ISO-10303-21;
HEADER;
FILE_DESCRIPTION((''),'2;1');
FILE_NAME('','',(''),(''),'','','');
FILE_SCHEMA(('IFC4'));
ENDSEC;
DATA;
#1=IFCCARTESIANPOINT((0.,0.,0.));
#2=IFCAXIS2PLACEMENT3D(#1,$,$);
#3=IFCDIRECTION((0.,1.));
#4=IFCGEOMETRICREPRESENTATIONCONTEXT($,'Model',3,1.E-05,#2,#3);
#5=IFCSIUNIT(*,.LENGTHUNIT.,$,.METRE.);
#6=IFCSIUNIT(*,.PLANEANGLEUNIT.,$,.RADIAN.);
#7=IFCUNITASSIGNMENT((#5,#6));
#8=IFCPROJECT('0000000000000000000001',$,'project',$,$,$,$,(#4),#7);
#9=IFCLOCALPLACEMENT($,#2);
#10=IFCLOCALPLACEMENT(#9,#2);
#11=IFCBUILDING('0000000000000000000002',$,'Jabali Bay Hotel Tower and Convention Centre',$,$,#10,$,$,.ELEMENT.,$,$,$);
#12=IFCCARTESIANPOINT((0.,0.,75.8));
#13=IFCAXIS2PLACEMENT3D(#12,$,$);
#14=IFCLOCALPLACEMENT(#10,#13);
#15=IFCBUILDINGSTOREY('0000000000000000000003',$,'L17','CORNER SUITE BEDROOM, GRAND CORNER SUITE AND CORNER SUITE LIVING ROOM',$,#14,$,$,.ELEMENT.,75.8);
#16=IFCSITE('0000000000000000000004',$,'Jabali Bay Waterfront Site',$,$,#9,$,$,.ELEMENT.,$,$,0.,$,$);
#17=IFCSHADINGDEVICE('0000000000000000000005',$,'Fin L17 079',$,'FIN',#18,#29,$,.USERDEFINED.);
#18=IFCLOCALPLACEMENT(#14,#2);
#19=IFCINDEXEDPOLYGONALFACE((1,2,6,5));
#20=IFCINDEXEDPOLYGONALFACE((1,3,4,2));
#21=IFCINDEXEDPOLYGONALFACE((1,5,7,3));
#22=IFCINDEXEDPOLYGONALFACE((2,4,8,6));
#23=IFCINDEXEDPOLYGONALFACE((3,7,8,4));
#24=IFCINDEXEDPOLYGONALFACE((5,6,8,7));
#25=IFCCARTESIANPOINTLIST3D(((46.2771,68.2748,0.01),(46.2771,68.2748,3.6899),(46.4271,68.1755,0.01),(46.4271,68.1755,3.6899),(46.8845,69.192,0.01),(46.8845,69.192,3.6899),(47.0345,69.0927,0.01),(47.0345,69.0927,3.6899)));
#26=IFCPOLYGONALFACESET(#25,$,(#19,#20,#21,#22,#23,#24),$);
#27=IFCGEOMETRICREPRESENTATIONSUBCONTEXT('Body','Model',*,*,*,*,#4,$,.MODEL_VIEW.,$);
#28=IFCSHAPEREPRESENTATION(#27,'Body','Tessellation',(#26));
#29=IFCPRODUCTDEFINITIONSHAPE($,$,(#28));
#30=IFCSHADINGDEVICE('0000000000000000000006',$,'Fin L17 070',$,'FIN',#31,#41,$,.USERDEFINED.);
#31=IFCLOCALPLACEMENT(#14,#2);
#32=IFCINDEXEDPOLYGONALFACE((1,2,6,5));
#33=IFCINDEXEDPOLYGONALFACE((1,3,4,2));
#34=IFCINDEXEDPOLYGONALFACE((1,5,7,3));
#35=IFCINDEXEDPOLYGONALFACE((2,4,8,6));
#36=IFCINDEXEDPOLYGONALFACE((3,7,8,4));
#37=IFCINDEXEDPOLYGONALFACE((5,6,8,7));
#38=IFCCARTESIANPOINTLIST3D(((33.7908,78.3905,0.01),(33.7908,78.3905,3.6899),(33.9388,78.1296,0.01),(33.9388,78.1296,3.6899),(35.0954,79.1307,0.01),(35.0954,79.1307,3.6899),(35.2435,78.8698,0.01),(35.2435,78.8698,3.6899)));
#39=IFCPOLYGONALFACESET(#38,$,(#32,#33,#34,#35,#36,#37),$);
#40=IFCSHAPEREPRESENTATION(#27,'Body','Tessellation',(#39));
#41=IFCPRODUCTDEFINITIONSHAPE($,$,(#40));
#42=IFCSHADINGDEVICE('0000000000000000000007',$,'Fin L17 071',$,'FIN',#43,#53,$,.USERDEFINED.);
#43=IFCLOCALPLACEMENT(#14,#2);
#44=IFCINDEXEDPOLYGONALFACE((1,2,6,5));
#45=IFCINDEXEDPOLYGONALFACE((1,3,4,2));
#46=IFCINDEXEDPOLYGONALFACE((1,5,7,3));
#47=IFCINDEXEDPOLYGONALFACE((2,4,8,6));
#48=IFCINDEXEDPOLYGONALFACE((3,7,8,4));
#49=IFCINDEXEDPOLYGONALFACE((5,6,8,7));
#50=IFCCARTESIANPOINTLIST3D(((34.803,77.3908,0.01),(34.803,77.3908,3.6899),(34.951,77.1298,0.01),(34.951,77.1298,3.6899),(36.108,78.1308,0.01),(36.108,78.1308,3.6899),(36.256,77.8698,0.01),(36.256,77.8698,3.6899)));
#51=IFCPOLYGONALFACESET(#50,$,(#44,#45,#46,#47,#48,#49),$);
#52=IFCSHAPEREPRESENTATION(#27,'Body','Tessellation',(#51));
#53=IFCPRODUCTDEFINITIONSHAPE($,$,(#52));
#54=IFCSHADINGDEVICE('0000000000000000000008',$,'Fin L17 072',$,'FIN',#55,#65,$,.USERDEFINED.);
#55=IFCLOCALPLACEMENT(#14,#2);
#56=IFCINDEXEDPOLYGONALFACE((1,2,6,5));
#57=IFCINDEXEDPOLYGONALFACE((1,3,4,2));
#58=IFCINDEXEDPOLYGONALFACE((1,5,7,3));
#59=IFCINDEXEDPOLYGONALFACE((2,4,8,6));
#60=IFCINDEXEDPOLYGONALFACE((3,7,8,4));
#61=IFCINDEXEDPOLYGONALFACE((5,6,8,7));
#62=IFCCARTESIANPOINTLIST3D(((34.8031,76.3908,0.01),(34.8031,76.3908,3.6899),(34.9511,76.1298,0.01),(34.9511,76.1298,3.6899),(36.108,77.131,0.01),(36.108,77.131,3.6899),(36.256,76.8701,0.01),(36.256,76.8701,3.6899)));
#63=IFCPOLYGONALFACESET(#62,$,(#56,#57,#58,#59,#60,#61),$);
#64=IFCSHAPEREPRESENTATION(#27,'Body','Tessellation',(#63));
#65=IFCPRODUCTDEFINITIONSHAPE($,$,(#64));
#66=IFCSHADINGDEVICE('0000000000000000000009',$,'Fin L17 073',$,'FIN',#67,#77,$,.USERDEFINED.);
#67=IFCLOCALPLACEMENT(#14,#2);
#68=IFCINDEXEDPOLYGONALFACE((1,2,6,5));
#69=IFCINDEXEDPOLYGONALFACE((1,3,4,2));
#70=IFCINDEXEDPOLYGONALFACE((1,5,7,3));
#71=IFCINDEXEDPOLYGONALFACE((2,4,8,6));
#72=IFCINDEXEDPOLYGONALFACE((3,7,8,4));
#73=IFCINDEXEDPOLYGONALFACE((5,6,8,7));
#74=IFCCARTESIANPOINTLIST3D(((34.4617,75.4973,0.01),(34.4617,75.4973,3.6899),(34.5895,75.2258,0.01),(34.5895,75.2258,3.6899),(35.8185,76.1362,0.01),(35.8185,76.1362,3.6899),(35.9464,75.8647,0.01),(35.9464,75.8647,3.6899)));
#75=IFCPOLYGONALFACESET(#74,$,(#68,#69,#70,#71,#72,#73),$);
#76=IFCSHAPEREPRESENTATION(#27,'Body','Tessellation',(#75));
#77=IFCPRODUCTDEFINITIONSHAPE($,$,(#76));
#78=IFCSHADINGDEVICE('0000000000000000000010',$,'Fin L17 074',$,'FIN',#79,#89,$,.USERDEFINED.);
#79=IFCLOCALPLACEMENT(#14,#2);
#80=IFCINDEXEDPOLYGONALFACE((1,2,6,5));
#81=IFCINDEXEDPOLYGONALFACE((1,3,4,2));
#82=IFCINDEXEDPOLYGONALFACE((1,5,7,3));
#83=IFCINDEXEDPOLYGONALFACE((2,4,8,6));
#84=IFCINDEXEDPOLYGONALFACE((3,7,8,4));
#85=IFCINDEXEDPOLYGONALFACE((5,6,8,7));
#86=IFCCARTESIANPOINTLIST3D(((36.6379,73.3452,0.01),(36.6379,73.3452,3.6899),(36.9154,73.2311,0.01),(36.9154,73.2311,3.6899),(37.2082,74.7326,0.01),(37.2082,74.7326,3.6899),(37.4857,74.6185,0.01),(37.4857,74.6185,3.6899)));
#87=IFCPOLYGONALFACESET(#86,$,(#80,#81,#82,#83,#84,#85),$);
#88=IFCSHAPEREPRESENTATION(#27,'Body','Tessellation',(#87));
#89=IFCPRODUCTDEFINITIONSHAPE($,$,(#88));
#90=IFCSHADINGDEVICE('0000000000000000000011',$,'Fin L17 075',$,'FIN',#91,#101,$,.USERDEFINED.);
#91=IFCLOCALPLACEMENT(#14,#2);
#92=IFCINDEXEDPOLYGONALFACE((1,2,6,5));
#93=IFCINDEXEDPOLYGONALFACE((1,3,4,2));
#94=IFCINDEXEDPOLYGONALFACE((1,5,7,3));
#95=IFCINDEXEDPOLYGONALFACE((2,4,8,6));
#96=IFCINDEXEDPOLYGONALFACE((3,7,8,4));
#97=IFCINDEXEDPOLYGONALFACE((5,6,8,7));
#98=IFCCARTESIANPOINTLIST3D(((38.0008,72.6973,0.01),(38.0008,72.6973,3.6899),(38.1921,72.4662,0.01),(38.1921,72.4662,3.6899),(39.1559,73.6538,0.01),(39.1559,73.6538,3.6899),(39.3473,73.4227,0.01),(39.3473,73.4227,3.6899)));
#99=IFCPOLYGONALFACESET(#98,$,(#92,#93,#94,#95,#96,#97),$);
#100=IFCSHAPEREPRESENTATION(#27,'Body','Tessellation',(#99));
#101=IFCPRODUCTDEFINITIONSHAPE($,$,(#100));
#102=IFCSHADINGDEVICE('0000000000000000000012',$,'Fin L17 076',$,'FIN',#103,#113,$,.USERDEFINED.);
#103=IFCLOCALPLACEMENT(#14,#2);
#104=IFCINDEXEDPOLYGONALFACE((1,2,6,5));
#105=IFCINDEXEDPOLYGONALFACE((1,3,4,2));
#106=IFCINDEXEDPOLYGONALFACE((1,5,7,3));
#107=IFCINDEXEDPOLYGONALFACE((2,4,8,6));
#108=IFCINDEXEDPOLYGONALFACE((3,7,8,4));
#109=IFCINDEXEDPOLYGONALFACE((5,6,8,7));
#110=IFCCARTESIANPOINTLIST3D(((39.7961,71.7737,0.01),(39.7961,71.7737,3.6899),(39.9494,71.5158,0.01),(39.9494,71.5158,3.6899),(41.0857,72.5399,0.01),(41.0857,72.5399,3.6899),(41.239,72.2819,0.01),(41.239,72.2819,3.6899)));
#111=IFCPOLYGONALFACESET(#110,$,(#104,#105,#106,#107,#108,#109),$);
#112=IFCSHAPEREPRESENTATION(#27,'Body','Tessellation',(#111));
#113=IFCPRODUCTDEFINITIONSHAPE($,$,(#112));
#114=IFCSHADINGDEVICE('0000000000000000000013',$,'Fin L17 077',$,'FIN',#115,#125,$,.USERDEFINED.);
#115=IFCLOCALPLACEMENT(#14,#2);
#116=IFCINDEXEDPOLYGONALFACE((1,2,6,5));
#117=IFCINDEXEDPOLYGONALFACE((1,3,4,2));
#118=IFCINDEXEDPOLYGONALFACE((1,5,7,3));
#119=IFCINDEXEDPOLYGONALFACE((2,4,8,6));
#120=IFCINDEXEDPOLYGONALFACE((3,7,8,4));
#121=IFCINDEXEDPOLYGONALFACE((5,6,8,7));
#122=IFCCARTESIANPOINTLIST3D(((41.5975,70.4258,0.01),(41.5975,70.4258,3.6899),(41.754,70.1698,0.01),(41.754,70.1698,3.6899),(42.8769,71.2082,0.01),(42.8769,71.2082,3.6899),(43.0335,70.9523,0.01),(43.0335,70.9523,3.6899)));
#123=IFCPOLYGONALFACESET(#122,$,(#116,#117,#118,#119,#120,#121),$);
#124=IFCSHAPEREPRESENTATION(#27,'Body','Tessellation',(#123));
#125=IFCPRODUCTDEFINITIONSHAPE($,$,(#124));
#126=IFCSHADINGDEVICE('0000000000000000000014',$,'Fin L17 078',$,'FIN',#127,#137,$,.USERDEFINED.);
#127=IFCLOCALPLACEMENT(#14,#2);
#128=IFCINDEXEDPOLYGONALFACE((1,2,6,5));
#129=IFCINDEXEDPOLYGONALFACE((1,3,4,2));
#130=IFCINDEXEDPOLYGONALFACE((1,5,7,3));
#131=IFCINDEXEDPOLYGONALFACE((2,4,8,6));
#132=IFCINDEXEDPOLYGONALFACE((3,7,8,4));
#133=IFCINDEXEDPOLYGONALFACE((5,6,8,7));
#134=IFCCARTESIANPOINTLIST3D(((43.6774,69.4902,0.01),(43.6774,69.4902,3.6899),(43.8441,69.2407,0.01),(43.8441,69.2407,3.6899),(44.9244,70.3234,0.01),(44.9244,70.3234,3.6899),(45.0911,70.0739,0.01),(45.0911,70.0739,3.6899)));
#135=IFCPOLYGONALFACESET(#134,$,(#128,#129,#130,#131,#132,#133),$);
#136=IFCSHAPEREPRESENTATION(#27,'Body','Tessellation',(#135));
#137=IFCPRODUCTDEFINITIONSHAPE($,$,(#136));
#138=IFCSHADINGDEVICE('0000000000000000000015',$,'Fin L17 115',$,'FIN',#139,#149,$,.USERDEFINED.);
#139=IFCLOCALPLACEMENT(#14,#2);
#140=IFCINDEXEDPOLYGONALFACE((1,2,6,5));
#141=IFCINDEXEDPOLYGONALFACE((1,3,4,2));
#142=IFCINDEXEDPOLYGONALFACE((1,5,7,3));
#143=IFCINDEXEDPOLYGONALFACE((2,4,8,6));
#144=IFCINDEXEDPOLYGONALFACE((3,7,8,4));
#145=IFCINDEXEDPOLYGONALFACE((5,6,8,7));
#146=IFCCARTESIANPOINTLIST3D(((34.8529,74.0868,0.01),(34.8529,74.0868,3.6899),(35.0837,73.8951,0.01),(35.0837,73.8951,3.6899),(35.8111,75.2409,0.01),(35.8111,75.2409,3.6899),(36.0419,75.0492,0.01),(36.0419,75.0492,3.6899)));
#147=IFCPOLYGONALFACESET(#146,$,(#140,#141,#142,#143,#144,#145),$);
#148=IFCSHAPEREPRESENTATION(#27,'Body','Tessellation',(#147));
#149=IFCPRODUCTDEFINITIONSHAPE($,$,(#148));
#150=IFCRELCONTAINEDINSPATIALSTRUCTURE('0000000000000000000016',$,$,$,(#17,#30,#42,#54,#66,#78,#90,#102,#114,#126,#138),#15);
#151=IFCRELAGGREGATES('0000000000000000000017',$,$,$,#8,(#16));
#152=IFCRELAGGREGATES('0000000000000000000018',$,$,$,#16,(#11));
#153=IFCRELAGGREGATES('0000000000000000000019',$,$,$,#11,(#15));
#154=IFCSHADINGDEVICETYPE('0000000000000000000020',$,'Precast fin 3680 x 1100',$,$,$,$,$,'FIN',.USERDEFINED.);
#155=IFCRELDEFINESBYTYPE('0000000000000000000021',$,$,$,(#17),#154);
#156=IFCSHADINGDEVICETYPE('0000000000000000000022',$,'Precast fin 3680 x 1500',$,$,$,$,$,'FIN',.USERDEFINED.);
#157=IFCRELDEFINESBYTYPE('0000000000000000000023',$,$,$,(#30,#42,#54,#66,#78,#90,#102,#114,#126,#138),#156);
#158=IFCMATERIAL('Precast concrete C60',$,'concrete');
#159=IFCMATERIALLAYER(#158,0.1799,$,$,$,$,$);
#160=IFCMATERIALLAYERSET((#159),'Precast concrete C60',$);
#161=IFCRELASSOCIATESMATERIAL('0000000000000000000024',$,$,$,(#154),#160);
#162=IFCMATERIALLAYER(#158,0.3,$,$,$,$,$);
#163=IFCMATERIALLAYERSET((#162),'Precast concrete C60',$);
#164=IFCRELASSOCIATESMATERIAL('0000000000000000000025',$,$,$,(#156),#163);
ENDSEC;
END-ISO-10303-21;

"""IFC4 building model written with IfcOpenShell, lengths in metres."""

from ifc_helpers import new_model, si_unit, direction, frame, frame_2d, origin, place, context, subcontext, project, spatial, rectangle, extrude, material, layer, layer_set, type_object, element, save


model = new_model("IFC4")

# Units and contexts
model_context = context("Model", 3, precision=1e-05, world=origin(), true_north=direction((0.0, 1.0)))
body_context = subcontext(model_context, "Body", "Model", "MODEL_VIEW")
ifc_project = project(units=[si_unit("LENGTHUNIT", "METRE"), si_unit("PLANEANGLEUNIT", "RADIAN")], contexts=[model_context])

# Site, building, storey
site_placement = place(None, origin())
site = spatial("IfcSite", under=ifc_project, at=site_placement, Name="Jabali Bay Waterfront Site", CompositionType="ELEMENT", RefElevation=0.0)
building_placement = place(site_placement, origin())
building = spatial("IfcBuilding", under=site, at=building_placement, Name="Jabali Bay Hotel Tower and Convention Centre", CompositionType="ELEMENT")
storey_placement = place(building_placement, frame((0.0, 0.0, 75.8)))
storey = spatial("IfcBuildingStorey", under=building, at=storey_placement, Name="L17", Description="CORNER SUITE BEDROOM, GRAND CORNER SUITE AND CORNER SUITE LIVING ROOM", CompositionType="ELEMENT", Elevation=75.8)

# Shading devices
ifc_material_1 = material(Name="Precast concrete C60", Category="concrete")
ifc_layer_1 = layer(ifc_material_1, 0.1799)
ifc_layer_set_1 = layer_set([ifc_layer_1], Name="Precast concrete C60")
shading_device_type_1 = type_object("IfcShadingDeviceType", Name="Precast fin 3680 x 1100", ElementType="FIN", PredefinedType="USERDEFINED", material=ifc_layer_set_1)
shading_device_1_placement = place(storey_placement, frame((46.9595, 69.1423, 0.01), z_axis=(0.0, 0.0, 1.0), x_axis=(-0.552137, -0.833753, 0.0)))
element("IfcShadingDevice", 1, at=shading_device_1_placement, inside=storey, type_object=shading_device_type_1, Name="Fin L17 079", ObjectType="FIN", PredefinedType="USERDEFINED", context=body_context, shape_type="SweptSolid", body=[
    extrude(rectangle(XDim=1.1001, YDim=0.1799, at=frame_2d((0.55, 0.0))), origin(), (0.0, 0.0, 1.0), 3.6799),
])
ifc_layer_2 = layer(ifc_material_1, 0.3)
ifc_layer_set_2 = layer_set([ifc_layer_2], Name="Precast concrete C60")
shading_device_type_2 = type_object("IfcShadingDeviceType", Name="Precast fin 3680 x 1500", ElementType="FIN", PredefinedType="USERDEFINED", material=ifc_layer_set_2)
shading_device_2_placement = place(storey_placement, frame((35.1694, 79.0002, 0.01), z_axis=(0.0, 0.0, 1.0), x_axis=(-0.869761, -0.493472, 0.0)))
element("IfcShadingDevice", 2, at=shading_device_2_placement, inside=storey, type_object=shading_device_type_2, Name="Fin L17 070", ObjectType="FIN", PredefinedType="USERDEFINED", context=body_context, shape_type="SweptSolid", body=[
    extrude(rectangle(XDim=1.5, YDim=0.3, at=frame_2d((0.75, 0.0))), origin(), (0.0, 0.0, 1.0), 3.6799),
])
for number, where, z_axis, x_axis, name in (
    (3, (36.1819, 78.0002, 0.01), (0.0, 0.0, 1.0), (-0.869871, -0.493279, 0.0), "Fin L17 071"),
    (4, (36.1819, 77.0005, 0.01), (0.0, 0.0, 1.0), (-0.869801, -0.493403, 0.0), "Fin L17 072"),
):
    element("IfcShadingDevice", number, at=place(storey_placement, frame(where, z_axis=z_axis, x_axis=x_axis)), inside=storey, type_object=shading_device_type_2, Name=name, ObjectType="FIN", PredefinedType="USERDEFINED", context=body_context, shape_type="SweptSolid", body=[
        extrude(rectangle(XDim=1.5002, YDim=0.3, at=frame_2d((0.75, 0.0))), origin(), (0.0, 0.0, 1.0), 3.6799),
    ])
shading_device_3_placement = place(storey_placement, frame((35.8826, 76.0005, 0.01), z_axis=(0.0, 0.0, 1.0), x_axis=(-0.904726, -0.425993, 0.0)))
element("IfcShadingDevice", 5, at=shading_device_3_placement, inside=storey, type_object=shading_device_type_2, Name="Fin L17 073", ObjectType="FIN", PredefinedType="USERDEFINED", context=body_context, shape_type="SweptSolid", body=[
    extrude(rectangle(XDim=1.4998, YDim=0.3, at=frame_2d((0.75, 0.0))), origin(), (0.0, 0.0, 1.0), 3.6799),
])
shading_device_4_placement = place(storey_placement, frame((37.3469, 74.6755, 0.01), z_axis=(0.0, 0.0, 1.0), x_axis=(-0.380185, -0.92491, 0.0)))
element("IfcShadingDevice", 6, at=shading_device_4_placement, inside=storey, type_object=shading_device_type_2, Name="Fin L17 074", ObjectType="FIN", PredefinedType="USERDEFINED", context=body_context, shape_type="SweptSolid", body=[
    extrude(rectangle(XDim=1.5, YDim=0.3, at=frame_2d((0.75, 0.0))), origin(), (0.0, 0.0, 1.0), 3.6799),
])
shading_device_5_placement = place(storey_placement, frame((39.2517, 73.5383, 0.01), z_axis=(0.0, 0.0, 1.0), x_axis=(-0.770245, -0.637748, 0.0)))
element("IfcShadingDevice", 7, at=shading_device_5_placement, inside=storey, type_object=shading_device_type_2, Name="Fin L17 075", ObjectType="FIN", PredefinedType="USERDEFINED", context=body_context, shape_type="SweptSolid", body=[
    extrude(rectangle(XDim=1.4998, YDim=0.3, at=frame_2d((0.75, 0.0))), origin(), (0.0, 0.0, 1.0), 3.6799),
])
shading_device_6_placement = place(storey_placement, frame((41.1624, 72.4109, 0.01), z_axis=(0.0, 0.0, 1.0), x_axis=(-0.859725, -0.510757, 0.0)))
element("IfcShadingDevice", 8, at=shading_device_6_placement, inside=storey, type_object=shading_device_type_2, Name="Fin L17 076", ObjectType="FIN", PredefinedType="USERDEFINED", context=body_context, shape_type="SweptSolid", body=[
    extrude(rectangle(XDim=1.5, YDim=0.3, at=frame_2d((0.75, 0.0))), origin(), (0.0, 0.0, 1.0), 3.6799),
])
for number, where, z_axis, x_axis, name in (
    (9, (42.9553, 71.0803, 0.01), (0.0, 0.0, 1.0), (-0.853125, -0.521707, 0.0), "Fin L17 077"),
    (10, (45.0078, 70.1987, 0.01), (0.0, 0.0, 1.0), (-0.831474, -0.555564, 0.0), "Fin L17 078"),
):
    element("IfcShadingDevice", number, at=place(storey_placement, frame(where, z_axis=z_axis, x_axis=x_axis)), inside=storey, type_object=shading_device_type_2, Name=name, ObjectType="FIN", PredefinedType="USERDEFINED", context=body_context, shape_type="SweptSolid", body=[
        extrude(rectangle(XDim=1.4998, YDim=0.3, at=frame_2d((0.75, 0.0))), origin(), (0.0, 0.0, 1.0), 3.6799),
    ])
shading_device_7_placement = place(storey_placement, frame((35.9265, 75.145, 0.01), z_axis=(0.0, 0.0, 1.0), x_axis=(-0.638823, -0.769354, 0.0)))
element("IfcShadingDevice", 11, at=shading_device_7_placement, inside=storey, type_object=shading_device_type_2, Name="Fin L17 115", ObjectType="FIN", PredefinedType="USERDEFINED", context=body_context, shape_type="SweptSolid", body=[
    extrude(rectangle(XDim=1.5, YDim=0.3, at=frame_2d((0.75, 0.0))), origin(), (0.0, 0.0, 1.0), 3.6799),
])

save(model, "model.ifc")
